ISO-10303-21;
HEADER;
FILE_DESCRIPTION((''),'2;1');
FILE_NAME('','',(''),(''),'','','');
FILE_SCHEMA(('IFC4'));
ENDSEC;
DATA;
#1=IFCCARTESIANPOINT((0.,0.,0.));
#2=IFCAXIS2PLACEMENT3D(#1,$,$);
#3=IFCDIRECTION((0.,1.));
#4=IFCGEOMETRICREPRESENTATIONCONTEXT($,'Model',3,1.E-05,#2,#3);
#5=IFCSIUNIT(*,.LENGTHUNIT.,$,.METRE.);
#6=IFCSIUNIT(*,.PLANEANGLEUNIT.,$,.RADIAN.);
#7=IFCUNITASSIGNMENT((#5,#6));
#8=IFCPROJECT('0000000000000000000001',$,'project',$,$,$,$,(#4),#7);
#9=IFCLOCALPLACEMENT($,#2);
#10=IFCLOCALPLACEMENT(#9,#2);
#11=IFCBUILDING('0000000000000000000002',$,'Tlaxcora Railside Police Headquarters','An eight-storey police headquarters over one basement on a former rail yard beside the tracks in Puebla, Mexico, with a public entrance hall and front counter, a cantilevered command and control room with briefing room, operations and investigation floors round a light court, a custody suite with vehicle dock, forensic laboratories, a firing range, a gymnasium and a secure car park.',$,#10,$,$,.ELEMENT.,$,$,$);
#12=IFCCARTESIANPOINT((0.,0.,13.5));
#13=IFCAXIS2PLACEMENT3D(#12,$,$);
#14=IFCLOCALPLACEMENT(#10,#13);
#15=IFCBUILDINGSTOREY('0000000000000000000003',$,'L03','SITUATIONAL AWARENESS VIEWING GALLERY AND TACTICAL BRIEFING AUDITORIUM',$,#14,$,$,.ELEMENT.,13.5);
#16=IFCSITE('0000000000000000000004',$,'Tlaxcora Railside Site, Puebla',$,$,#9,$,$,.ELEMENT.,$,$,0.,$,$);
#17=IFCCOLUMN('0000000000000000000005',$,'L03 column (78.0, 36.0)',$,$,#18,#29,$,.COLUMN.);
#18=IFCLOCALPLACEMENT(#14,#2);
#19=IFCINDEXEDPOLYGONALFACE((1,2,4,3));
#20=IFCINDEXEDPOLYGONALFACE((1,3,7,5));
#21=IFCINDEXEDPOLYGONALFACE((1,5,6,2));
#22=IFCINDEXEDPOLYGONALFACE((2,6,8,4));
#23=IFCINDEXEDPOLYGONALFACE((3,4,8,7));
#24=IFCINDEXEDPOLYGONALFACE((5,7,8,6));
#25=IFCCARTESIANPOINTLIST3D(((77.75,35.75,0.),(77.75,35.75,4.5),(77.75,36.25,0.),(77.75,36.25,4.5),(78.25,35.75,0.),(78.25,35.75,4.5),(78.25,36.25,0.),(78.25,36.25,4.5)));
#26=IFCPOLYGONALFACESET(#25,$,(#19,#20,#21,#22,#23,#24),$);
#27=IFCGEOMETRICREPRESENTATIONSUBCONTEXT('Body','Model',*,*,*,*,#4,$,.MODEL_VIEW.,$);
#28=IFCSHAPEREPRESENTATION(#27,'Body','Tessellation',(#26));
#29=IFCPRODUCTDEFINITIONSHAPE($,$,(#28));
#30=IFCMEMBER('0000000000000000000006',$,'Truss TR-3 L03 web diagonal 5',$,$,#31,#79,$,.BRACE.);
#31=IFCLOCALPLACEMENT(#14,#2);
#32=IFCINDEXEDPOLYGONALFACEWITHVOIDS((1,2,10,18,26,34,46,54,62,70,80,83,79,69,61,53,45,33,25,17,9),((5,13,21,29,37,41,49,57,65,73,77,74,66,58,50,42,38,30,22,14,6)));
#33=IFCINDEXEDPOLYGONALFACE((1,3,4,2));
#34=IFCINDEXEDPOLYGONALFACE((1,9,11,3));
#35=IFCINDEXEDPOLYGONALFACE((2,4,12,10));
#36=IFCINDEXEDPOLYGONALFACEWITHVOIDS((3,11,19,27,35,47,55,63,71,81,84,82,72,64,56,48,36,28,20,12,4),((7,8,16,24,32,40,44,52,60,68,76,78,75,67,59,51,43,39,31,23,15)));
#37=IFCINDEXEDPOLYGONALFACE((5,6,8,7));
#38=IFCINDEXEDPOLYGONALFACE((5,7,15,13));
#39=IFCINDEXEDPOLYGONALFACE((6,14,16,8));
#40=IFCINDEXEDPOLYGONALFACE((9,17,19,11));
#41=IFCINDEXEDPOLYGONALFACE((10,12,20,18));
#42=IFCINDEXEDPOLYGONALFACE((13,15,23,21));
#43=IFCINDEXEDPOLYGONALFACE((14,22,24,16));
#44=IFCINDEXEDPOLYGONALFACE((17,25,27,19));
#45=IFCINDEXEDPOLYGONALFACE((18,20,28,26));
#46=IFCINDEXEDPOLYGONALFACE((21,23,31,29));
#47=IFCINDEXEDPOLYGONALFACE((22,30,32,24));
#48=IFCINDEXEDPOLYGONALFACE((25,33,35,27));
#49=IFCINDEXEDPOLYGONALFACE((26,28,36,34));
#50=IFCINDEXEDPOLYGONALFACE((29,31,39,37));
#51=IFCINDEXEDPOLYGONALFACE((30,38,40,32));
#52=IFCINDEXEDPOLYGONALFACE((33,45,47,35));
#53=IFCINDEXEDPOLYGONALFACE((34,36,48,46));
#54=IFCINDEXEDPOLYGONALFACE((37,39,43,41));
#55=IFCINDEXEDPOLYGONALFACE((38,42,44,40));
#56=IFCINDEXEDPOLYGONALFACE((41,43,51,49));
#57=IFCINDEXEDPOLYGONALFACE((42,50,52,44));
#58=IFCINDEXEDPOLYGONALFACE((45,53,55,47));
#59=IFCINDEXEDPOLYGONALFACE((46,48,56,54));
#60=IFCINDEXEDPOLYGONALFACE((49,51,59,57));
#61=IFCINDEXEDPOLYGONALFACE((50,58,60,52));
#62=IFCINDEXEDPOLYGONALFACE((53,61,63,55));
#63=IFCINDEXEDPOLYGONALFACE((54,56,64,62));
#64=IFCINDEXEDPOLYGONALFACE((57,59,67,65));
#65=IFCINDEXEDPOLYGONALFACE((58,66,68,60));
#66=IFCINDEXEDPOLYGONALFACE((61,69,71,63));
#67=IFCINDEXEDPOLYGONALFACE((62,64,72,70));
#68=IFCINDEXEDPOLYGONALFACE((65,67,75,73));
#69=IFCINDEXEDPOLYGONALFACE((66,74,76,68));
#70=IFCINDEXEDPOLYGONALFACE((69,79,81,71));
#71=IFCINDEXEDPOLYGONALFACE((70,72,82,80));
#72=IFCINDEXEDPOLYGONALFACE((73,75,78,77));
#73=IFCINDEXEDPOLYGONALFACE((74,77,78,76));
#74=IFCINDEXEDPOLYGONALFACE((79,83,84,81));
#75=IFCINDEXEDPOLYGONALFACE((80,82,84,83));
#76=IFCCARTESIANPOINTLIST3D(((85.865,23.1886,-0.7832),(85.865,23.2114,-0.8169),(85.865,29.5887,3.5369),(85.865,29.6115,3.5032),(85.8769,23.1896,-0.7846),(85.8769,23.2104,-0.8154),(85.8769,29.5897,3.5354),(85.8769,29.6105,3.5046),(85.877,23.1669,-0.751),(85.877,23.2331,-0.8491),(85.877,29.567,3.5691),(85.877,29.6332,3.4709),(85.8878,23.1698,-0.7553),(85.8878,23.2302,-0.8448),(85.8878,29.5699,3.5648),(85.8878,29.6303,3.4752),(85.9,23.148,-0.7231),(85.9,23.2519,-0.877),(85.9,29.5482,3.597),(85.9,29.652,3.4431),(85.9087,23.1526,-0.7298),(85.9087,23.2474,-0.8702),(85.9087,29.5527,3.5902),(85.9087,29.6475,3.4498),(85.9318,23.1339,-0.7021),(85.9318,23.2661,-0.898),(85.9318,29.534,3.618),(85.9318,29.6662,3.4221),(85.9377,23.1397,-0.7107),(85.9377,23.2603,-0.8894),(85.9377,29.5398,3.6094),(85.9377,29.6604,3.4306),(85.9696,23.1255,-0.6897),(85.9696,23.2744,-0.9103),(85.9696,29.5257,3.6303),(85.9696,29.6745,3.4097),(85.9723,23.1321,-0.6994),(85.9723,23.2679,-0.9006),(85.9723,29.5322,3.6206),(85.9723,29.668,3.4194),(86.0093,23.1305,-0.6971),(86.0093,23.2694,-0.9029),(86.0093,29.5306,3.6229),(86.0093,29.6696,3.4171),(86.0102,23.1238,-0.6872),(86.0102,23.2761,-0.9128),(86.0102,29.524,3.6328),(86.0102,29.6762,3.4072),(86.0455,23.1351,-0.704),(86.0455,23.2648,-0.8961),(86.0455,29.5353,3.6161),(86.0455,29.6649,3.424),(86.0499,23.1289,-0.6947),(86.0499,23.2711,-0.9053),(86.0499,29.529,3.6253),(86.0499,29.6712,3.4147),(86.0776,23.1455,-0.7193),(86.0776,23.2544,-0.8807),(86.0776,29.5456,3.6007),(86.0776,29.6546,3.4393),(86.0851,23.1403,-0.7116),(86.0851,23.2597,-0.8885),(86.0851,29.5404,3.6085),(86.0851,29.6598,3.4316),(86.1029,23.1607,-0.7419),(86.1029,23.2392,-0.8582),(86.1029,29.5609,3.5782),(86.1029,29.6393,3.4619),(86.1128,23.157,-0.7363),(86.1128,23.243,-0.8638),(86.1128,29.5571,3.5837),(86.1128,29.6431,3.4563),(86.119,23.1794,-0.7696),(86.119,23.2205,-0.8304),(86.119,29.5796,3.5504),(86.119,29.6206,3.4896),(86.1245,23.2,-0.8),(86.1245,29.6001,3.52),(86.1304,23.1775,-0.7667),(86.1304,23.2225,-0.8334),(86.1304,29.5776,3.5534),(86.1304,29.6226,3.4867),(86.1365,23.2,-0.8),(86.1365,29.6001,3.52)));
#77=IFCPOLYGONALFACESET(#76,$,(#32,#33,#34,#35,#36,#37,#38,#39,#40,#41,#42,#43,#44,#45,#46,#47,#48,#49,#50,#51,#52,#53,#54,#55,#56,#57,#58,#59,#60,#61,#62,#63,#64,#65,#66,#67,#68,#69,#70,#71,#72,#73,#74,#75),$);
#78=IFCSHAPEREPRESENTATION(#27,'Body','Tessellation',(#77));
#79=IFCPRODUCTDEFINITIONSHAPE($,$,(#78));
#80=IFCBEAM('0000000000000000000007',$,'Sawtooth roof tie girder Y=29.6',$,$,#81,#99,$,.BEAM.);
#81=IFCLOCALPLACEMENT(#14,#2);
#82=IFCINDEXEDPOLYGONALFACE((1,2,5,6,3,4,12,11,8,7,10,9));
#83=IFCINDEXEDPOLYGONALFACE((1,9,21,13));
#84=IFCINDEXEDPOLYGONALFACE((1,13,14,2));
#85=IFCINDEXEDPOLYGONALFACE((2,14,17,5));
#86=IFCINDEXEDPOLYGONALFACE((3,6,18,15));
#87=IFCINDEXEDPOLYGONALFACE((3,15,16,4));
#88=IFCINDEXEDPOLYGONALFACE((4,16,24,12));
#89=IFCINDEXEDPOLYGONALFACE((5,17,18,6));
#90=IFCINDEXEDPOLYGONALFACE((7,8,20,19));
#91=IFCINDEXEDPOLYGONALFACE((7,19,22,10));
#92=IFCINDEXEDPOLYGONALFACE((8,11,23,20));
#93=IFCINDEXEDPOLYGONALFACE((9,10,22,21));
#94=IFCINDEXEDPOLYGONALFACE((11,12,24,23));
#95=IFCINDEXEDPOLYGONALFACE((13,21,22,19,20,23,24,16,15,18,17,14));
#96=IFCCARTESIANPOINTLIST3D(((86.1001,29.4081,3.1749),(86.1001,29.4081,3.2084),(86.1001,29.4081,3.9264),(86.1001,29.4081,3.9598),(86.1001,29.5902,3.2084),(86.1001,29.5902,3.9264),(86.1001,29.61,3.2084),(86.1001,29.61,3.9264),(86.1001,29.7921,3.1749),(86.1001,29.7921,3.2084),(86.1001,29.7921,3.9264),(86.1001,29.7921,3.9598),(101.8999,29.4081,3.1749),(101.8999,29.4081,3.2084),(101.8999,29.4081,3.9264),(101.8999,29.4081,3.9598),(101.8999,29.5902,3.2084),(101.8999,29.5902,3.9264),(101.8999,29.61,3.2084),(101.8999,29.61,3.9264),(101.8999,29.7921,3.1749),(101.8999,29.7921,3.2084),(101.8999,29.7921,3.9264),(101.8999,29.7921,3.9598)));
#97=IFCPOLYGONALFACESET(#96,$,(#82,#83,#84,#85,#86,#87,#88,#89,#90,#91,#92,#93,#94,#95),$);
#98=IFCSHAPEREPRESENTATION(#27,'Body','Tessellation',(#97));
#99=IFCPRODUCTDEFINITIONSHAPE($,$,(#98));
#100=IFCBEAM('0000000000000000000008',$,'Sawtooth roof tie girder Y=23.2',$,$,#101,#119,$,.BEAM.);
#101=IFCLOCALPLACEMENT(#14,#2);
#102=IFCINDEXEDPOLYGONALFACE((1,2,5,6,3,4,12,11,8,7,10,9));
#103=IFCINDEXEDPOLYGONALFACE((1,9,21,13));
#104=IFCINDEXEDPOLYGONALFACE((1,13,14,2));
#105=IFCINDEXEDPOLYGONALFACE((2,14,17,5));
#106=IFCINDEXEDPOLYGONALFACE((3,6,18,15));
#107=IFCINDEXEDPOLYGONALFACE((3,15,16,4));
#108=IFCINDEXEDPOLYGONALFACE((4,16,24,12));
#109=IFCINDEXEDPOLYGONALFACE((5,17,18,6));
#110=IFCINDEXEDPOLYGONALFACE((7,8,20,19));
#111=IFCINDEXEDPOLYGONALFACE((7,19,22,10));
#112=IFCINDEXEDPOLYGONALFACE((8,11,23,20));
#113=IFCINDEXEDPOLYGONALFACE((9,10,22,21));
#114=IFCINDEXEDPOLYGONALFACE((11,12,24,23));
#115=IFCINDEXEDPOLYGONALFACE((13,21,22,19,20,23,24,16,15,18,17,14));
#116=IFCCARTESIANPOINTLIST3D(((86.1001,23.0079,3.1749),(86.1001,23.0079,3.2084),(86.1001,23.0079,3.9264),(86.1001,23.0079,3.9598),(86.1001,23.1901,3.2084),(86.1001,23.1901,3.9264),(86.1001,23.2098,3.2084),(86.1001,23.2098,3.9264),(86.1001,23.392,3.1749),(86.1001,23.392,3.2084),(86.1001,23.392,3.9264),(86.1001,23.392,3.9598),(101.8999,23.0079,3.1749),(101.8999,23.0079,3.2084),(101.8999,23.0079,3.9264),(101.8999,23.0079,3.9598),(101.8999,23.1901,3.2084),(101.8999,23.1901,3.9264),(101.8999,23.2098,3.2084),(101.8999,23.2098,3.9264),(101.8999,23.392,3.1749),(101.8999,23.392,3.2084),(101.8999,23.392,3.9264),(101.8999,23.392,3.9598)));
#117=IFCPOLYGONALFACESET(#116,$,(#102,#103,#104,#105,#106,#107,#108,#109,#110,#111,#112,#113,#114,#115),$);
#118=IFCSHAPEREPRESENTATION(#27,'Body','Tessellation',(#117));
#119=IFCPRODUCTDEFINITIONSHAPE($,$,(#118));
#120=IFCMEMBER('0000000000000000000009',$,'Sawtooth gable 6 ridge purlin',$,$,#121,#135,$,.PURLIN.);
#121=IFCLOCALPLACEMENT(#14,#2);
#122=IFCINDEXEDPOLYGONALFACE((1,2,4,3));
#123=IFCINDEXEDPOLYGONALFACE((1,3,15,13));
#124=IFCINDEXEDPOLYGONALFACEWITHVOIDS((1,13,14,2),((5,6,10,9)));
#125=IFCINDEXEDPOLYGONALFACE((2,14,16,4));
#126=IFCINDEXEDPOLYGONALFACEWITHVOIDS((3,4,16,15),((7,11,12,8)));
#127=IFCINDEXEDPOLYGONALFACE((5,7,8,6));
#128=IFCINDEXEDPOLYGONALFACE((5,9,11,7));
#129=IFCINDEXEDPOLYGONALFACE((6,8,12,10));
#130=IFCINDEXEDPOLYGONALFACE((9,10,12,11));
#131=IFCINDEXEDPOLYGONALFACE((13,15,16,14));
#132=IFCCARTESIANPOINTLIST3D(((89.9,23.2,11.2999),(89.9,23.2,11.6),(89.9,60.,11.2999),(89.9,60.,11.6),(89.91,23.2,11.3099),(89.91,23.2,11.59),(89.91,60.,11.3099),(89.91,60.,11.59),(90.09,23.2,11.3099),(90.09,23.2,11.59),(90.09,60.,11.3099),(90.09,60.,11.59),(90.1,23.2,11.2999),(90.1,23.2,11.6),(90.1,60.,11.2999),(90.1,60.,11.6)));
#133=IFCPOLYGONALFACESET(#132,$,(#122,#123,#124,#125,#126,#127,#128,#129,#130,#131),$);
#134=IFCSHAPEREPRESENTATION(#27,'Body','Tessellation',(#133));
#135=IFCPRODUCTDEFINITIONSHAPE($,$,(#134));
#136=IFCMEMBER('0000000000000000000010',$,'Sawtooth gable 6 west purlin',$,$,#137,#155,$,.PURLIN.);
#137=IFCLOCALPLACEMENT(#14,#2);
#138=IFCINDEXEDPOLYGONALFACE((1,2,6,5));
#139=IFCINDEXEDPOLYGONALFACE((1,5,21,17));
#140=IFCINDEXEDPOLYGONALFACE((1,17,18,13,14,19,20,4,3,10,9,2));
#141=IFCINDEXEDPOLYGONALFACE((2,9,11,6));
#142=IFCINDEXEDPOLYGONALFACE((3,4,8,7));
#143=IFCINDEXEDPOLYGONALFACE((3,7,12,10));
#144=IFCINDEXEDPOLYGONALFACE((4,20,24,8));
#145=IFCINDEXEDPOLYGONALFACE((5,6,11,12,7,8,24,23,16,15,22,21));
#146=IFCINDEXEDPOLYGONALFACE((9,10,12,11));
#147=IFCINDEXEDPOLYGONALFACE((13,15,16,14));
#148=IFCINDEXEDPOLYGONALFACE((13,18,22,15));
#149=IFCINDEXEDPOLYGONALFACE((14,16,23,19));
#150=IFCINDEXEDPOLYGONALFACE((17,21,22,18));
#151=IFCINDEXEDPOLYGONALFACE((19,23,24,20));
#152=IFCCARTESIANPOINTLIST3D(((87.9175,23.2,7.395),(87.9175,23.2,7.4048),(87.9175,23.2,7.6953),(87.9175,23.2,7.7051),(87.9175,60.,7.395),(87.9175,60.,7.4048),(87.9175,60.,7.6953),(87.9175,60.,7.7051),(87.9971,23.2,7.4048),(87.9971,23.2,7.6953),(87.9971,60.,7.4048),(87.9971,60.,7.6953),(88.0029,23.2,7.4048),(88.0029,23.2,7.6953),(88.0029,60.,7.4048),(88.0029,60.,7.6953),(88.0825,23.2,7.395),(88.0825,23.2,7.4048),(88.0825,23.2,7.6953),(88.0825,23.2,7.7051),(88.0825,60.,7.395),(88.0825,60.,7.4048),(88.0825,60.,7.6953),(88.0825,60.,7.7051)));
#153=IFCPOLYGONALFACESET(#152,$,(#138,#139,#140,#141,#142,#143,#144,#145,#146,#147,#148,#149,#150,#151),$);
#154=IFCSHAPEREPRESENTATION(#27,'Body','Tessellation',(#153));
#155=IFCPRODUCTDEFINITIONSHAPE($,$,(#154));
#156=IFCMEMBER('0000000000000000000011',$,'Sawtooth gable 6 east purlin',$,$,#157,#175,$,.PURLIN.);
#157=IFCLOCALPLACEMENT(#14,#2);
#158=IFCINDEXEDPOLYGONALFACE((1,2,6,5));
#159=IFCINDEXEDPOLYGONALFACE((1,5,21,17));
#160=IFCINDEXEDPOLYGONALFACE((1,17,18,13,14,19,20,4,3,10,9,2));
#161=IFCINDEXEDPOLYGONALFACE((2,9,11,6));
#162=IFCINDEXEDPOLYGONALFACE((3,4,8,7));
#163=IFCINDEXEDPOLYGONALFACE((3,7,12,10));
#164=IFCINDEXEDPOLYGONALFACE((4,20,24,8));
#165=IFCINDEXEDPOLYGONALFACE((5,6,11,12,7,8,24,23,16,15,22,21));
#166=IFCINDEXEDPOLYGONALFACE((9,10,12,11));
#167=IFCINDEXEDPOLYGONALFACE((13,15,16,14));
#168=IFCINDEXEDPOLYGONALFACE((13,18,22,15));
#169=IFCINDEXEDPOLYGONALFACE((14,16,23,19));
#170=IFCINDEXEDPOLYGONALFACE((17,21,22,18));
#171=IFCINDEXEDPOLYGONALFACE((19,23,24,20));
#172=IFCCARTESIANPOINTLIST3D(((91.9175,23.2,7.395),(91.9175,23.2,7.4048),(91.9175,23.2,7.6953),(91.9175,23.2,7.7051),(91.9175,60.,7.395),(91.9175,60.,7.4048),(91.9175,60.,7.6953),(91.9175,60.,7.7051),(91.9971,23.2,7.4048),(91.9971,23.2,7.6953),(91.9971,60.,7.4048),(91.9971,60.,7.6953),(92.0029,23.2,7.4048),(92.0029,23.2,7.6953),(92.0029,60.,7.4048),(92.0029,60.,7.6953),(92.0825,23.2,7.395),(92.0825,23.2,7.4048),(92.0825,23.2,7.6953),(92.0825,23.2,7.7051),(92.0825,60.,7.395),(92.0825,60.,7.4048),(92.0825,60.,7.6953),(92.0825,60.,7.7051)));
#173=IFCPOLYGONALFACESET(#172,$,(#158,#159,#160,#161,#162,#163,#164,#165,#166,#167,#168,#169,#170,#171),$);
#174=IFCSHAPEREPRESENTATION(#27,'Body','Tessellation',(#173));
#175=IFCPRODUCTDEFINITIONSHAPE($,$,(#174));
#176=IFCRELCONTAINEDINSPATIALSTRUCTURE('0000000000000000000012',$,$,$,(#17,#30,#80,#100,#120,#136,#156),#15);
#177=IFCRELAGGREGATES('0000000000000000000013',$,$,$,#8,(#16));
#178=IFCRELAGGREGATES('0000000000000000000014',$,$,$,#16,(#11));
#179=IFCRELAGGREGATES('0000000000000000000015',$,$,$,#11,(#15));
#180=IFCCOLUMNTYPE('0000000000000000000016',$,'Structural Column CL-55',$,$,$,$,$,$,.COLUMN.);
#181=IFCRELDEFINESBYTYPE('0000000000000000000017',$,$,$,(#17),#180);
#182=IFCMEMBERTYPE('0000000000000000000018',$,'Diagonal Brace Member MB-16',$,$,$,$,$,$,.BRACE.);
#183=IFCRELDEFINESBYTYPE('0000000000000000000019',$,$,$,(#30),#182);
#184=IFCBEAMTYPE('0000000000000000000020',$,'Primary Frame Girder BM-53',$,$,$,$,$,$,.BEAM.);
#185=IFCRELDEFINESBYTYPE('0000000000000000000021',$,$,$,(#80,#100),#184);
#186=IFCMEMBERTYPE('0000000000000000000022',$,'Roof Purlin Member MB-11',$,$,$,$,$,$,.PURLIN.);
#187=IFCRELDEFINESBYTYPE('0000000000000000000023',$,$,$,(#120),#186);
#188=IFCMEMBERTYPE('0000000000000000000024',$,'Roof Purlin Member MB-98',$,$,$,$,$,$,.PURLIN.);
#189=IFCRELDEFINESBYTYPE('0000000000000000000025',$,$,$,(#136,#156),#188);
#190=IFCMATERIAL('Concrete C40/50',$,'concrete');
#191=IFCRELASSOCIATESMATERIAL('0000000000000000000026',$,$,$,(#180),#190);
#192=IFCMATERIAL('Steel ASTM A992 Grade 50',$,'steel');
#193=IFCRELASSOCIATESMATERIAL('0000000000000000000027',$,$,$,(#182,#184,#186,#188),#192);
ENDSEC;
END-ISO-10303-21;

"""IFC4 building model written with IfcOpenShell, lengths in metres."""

from ifc_helpers import new_model, si_unit, direction, frame, origin, origin_2d, place, context, subcontext, project, spatial, rectangle, hollow_rectangle, hollow_circle, i_section, extrude, material, material_profile, profile_set, type_object, element, save


model = new_model("IFC4")

# Units and contexts
model_context = context("Model", 3, precision=1e-05, world=origin(), true_north=direction((0.0, 1.0)))
body_context = subcontext(model_context, "Body", "Model", "MODEL_VIEW")
ifc_project = project(units=[si_unit("LENGTHUNIT", "METRE"), si_unit("PLANEANGLEUNIT", "RADIAN")], contexts=[model_context])

# Site, building, storey
site_placement = place(None, origin())
site = spatial("IfcSite", under=ifc_project, at=site_placement, Name="Tlaxcora Railside Site, Puebla", CompositionType="ELEMENT", RefElevation=0.0)
building_placement = place(site_placement, origin())
building = spatial("IfcBuilding", under=site, at=building_placement, Name="Tlaxcora Railside Police Headquarters", Description="An eight-storey police headquarters over one basement on a former rail yard beside the tracks in Puebla, Mexico, with a public entrance hall and front counter, a cantilevered command and control room with briefing room, operations and investigation floors round a light court, a custody suite with vehicle dock, forensic laboratories, a firing range, a gymnasium and a secure car park.", CompositionType="ELEMENT")
storey_placement = place(building_placement, frame((0.0, 0.0, 13.5)))
storey = spatial("IfcBuildingStorey", under=building, at=storey_placement, Name="L03", Description="SITUATIONAL AWARENESS VIEWING GALLERY AND TACTICAL BRIEFING AUDITORIUM", CompositionType="ELEMENT", Elevation=13.5)

# Column
ifc_material_1 = material(Name="Concrete C40/50", Category="concrete")
ifc_material_profile_1 = material_profile(ifc_material_1, rectangle(XDim=0.5, YDim=0.5, at=origin_2d()), Name="RC500X500")
ifc_profile_set_1 = profile_set([ifc_material_profile_1], Name="Concrete C40/50")
column_type = type_object("IfcColumnType", Name="Structural Column CL-55", PredefinedType="COLUMN", material=ifc_profile_set_1)
column_placement = place(storey_placement, frame((78.0, 36.0, 0.0), z_axis=(0.0, 0.0, 1.0), x_axis=(1.0, 0.0, 0.0)))
element("IfcColumn", 1, at=column_placement, inside=storey, type_object=column_type, Name="L03 column (78.0, 36.0)", PredefinedType="COLUMN", context=body_context, shape_type="SweptSolid", body=[
    extrude(rectangle(XDim=0.5, YDim=0.5, at=origin_2d()), origin(), (0.0, 0.0, 1.0), 4.5),
])

# Member
ifc_material_2 = material(Name="Steel ASTM A992 Grade 50", Category="steel")
ifc_material_profile_2 = material_profile(ifc_material_2, hollow_circle(Radius=0.1365, WallThickness=0.012, at=origin_2d()), Name="CHS273X12")
ifc_profile_set_2 = profile_set([ifc_material_profile_2], Name="Steel ASTM A992 Grade 50")
member_type_1 = type_object("IfcMemberType", Name="Diagonal Brace Member MB-16", PredefinedType="BRACE", material=ifc_profile_set_2)
member_1_placement = place(storey_placement, frame((86.0, 29.6001, 3.52), z_axis=(0.0, -0.828851, -0.55947), x_axis=(1.0, 0.0, 0.0)))
element("IfcMember", 2, at=member_1_placement, inside=storey, type_object=member_type_1, Name="Truss TR-3 L03 web diagonal 5", PredefinedType="BRACE", context=body_context, shape_type="SweptSolid", body=[
    extrude(hollow_circle(Radius=0.1365, WallThickness=0.012, at=origin_2d()), origin(), (0.0, 0.0, 1.0), 7.7217),
])

# Beams
ifc_material_profile_3 = material_profile(ifc_material_2, i_section(OverallWidth=0.384, OverallDepth=0.7849, WebThickness=0.0198, FlangeThickness=0.0334, at=origin_2d()), Name="W30X211")
ifc_profile_set_3 = profile_set([ifc_material_profile_3], Name="Steel ASTM A992 Grade 50")
beam_type = type_object("IfcBeamType", Name="Primary Frame Girder BM-53", PredefinedType="BEAM", material=ifc_profile_set_3)
for number, where, z_axis, x_axis, name in (
    (3, (86.1001, 29.6001, 3.5674), (1.0, 0.0, 0.0), (0.0, 1.0, 0.0), "Sawtooth roof tie girder Y=29.6"),
    (4, (86.1001, 23.2, 3.5674), (1.0, 0.0, 0.0), (0.0, 1.0, 0.0), "Sawtooth roof tie girder Y=23.2"),
):
    element("IfcBeam", number, at=place(storey_placement, frame(where, z_axis=z_axis, x_axis=x_axis)), inside=storey, type_object=beam_type, Name=name, PredefinedType="BEAM", context=body_context, shape_type="SweptSolid", body=[
        extrude(i_section(OverallWidth=0.384, OverallDepth=0.7849, WebThickness=0.0198, FlangeThickness=0.0334, at=origin_2d()), origin(), (0.0, 0.0, 1.0), 15.7998),
    ])

# Members
ifc_material_profile_4 = material_profile(ifc_material_2, hollow_rectangle(XDim=0.2, YDim=0.3, WallThickness=0.01, at=origin_2d()), Name="HSS300X200X10")
ifc_profile_set_4 = profile_set([ifc_material_profile_4], Name="Steel ASTM A992 Grade 50")
member_type_2 = type_object("IfcMemberType", Name="Roof Purlin Member MB-11", PredefinedType="PURLIN", material=ifc_profile_set_4)
member_2_placement = place(storey_placement, frame((90.0, 23.2, 11.45), z_axis=(0.0, 1.0, 0.0), x_axis=(-1.0, 0.0, 0.0)))
element("IfcMember", 5, at=member_2_placement, inside=storey, type_object=member_type_2, Name="Sawtooth gable 6 ridge purlin", PredefinedType="PURLIN", context=body_context, shape_type="SweptSolid", body=[
    extrude(hollow_rectangle(XDim=0.2, YDim=0.3, WallThickness=0.01, at=origin_2d()), origin(), (0.0, 0.0, 1.0), 36.8),
])
ifc_material_profile_5 = material_profile(ifc_material_2, i_section(OverallWidth=0.165, OverallDepth=0.3101, WebThickness=0.0059, FlangeThickness=0.0098, at=origin_2d()), Name="W12X26")
ifc_profile_set_5 = profile_set([ifc_material_profile_5], Name="Steel ASTM A992 Grade 50")
member_type_3 = type_object("IfcMemberType", Name="Roof Purlin Member MB-98", PredefinedType="PURLIN", material=ifc_profile_set_5)
for number, where, z_axis, x_axis, name in (
    (6, (88.0, 23.2, 7.55), (0.0, 1.0, 0.0), (-1.0, 0.0, 0.0), "Sawtooth gable 6 west purlin"),
    (7, (92.0, 23.2, 7.55), (0.0, 1.0, 0.0), (-1.0, 0.0, 0.0), "Sawtooth gable 6 east purlin"),
):
    element("IfcMember", number, at=place(storey_placement, frame(where, z_axis=z_axis, x_axis=x_axis)), inside=storey, type_object=member_type_3, Name=name, PredefinedType="PURLIN", context=body_context, shape_type="SweptSolid", body=[
        extrude(i_section(OverallWidth=0.165, OverallDepth=0.3101, WebThickness=0.0059, FlangeThickness=0.0098, at=origin_2d()), origin(), (0.0, 0.0, 1.0), 36.8),
    ])

save(model, "model.ifc")
